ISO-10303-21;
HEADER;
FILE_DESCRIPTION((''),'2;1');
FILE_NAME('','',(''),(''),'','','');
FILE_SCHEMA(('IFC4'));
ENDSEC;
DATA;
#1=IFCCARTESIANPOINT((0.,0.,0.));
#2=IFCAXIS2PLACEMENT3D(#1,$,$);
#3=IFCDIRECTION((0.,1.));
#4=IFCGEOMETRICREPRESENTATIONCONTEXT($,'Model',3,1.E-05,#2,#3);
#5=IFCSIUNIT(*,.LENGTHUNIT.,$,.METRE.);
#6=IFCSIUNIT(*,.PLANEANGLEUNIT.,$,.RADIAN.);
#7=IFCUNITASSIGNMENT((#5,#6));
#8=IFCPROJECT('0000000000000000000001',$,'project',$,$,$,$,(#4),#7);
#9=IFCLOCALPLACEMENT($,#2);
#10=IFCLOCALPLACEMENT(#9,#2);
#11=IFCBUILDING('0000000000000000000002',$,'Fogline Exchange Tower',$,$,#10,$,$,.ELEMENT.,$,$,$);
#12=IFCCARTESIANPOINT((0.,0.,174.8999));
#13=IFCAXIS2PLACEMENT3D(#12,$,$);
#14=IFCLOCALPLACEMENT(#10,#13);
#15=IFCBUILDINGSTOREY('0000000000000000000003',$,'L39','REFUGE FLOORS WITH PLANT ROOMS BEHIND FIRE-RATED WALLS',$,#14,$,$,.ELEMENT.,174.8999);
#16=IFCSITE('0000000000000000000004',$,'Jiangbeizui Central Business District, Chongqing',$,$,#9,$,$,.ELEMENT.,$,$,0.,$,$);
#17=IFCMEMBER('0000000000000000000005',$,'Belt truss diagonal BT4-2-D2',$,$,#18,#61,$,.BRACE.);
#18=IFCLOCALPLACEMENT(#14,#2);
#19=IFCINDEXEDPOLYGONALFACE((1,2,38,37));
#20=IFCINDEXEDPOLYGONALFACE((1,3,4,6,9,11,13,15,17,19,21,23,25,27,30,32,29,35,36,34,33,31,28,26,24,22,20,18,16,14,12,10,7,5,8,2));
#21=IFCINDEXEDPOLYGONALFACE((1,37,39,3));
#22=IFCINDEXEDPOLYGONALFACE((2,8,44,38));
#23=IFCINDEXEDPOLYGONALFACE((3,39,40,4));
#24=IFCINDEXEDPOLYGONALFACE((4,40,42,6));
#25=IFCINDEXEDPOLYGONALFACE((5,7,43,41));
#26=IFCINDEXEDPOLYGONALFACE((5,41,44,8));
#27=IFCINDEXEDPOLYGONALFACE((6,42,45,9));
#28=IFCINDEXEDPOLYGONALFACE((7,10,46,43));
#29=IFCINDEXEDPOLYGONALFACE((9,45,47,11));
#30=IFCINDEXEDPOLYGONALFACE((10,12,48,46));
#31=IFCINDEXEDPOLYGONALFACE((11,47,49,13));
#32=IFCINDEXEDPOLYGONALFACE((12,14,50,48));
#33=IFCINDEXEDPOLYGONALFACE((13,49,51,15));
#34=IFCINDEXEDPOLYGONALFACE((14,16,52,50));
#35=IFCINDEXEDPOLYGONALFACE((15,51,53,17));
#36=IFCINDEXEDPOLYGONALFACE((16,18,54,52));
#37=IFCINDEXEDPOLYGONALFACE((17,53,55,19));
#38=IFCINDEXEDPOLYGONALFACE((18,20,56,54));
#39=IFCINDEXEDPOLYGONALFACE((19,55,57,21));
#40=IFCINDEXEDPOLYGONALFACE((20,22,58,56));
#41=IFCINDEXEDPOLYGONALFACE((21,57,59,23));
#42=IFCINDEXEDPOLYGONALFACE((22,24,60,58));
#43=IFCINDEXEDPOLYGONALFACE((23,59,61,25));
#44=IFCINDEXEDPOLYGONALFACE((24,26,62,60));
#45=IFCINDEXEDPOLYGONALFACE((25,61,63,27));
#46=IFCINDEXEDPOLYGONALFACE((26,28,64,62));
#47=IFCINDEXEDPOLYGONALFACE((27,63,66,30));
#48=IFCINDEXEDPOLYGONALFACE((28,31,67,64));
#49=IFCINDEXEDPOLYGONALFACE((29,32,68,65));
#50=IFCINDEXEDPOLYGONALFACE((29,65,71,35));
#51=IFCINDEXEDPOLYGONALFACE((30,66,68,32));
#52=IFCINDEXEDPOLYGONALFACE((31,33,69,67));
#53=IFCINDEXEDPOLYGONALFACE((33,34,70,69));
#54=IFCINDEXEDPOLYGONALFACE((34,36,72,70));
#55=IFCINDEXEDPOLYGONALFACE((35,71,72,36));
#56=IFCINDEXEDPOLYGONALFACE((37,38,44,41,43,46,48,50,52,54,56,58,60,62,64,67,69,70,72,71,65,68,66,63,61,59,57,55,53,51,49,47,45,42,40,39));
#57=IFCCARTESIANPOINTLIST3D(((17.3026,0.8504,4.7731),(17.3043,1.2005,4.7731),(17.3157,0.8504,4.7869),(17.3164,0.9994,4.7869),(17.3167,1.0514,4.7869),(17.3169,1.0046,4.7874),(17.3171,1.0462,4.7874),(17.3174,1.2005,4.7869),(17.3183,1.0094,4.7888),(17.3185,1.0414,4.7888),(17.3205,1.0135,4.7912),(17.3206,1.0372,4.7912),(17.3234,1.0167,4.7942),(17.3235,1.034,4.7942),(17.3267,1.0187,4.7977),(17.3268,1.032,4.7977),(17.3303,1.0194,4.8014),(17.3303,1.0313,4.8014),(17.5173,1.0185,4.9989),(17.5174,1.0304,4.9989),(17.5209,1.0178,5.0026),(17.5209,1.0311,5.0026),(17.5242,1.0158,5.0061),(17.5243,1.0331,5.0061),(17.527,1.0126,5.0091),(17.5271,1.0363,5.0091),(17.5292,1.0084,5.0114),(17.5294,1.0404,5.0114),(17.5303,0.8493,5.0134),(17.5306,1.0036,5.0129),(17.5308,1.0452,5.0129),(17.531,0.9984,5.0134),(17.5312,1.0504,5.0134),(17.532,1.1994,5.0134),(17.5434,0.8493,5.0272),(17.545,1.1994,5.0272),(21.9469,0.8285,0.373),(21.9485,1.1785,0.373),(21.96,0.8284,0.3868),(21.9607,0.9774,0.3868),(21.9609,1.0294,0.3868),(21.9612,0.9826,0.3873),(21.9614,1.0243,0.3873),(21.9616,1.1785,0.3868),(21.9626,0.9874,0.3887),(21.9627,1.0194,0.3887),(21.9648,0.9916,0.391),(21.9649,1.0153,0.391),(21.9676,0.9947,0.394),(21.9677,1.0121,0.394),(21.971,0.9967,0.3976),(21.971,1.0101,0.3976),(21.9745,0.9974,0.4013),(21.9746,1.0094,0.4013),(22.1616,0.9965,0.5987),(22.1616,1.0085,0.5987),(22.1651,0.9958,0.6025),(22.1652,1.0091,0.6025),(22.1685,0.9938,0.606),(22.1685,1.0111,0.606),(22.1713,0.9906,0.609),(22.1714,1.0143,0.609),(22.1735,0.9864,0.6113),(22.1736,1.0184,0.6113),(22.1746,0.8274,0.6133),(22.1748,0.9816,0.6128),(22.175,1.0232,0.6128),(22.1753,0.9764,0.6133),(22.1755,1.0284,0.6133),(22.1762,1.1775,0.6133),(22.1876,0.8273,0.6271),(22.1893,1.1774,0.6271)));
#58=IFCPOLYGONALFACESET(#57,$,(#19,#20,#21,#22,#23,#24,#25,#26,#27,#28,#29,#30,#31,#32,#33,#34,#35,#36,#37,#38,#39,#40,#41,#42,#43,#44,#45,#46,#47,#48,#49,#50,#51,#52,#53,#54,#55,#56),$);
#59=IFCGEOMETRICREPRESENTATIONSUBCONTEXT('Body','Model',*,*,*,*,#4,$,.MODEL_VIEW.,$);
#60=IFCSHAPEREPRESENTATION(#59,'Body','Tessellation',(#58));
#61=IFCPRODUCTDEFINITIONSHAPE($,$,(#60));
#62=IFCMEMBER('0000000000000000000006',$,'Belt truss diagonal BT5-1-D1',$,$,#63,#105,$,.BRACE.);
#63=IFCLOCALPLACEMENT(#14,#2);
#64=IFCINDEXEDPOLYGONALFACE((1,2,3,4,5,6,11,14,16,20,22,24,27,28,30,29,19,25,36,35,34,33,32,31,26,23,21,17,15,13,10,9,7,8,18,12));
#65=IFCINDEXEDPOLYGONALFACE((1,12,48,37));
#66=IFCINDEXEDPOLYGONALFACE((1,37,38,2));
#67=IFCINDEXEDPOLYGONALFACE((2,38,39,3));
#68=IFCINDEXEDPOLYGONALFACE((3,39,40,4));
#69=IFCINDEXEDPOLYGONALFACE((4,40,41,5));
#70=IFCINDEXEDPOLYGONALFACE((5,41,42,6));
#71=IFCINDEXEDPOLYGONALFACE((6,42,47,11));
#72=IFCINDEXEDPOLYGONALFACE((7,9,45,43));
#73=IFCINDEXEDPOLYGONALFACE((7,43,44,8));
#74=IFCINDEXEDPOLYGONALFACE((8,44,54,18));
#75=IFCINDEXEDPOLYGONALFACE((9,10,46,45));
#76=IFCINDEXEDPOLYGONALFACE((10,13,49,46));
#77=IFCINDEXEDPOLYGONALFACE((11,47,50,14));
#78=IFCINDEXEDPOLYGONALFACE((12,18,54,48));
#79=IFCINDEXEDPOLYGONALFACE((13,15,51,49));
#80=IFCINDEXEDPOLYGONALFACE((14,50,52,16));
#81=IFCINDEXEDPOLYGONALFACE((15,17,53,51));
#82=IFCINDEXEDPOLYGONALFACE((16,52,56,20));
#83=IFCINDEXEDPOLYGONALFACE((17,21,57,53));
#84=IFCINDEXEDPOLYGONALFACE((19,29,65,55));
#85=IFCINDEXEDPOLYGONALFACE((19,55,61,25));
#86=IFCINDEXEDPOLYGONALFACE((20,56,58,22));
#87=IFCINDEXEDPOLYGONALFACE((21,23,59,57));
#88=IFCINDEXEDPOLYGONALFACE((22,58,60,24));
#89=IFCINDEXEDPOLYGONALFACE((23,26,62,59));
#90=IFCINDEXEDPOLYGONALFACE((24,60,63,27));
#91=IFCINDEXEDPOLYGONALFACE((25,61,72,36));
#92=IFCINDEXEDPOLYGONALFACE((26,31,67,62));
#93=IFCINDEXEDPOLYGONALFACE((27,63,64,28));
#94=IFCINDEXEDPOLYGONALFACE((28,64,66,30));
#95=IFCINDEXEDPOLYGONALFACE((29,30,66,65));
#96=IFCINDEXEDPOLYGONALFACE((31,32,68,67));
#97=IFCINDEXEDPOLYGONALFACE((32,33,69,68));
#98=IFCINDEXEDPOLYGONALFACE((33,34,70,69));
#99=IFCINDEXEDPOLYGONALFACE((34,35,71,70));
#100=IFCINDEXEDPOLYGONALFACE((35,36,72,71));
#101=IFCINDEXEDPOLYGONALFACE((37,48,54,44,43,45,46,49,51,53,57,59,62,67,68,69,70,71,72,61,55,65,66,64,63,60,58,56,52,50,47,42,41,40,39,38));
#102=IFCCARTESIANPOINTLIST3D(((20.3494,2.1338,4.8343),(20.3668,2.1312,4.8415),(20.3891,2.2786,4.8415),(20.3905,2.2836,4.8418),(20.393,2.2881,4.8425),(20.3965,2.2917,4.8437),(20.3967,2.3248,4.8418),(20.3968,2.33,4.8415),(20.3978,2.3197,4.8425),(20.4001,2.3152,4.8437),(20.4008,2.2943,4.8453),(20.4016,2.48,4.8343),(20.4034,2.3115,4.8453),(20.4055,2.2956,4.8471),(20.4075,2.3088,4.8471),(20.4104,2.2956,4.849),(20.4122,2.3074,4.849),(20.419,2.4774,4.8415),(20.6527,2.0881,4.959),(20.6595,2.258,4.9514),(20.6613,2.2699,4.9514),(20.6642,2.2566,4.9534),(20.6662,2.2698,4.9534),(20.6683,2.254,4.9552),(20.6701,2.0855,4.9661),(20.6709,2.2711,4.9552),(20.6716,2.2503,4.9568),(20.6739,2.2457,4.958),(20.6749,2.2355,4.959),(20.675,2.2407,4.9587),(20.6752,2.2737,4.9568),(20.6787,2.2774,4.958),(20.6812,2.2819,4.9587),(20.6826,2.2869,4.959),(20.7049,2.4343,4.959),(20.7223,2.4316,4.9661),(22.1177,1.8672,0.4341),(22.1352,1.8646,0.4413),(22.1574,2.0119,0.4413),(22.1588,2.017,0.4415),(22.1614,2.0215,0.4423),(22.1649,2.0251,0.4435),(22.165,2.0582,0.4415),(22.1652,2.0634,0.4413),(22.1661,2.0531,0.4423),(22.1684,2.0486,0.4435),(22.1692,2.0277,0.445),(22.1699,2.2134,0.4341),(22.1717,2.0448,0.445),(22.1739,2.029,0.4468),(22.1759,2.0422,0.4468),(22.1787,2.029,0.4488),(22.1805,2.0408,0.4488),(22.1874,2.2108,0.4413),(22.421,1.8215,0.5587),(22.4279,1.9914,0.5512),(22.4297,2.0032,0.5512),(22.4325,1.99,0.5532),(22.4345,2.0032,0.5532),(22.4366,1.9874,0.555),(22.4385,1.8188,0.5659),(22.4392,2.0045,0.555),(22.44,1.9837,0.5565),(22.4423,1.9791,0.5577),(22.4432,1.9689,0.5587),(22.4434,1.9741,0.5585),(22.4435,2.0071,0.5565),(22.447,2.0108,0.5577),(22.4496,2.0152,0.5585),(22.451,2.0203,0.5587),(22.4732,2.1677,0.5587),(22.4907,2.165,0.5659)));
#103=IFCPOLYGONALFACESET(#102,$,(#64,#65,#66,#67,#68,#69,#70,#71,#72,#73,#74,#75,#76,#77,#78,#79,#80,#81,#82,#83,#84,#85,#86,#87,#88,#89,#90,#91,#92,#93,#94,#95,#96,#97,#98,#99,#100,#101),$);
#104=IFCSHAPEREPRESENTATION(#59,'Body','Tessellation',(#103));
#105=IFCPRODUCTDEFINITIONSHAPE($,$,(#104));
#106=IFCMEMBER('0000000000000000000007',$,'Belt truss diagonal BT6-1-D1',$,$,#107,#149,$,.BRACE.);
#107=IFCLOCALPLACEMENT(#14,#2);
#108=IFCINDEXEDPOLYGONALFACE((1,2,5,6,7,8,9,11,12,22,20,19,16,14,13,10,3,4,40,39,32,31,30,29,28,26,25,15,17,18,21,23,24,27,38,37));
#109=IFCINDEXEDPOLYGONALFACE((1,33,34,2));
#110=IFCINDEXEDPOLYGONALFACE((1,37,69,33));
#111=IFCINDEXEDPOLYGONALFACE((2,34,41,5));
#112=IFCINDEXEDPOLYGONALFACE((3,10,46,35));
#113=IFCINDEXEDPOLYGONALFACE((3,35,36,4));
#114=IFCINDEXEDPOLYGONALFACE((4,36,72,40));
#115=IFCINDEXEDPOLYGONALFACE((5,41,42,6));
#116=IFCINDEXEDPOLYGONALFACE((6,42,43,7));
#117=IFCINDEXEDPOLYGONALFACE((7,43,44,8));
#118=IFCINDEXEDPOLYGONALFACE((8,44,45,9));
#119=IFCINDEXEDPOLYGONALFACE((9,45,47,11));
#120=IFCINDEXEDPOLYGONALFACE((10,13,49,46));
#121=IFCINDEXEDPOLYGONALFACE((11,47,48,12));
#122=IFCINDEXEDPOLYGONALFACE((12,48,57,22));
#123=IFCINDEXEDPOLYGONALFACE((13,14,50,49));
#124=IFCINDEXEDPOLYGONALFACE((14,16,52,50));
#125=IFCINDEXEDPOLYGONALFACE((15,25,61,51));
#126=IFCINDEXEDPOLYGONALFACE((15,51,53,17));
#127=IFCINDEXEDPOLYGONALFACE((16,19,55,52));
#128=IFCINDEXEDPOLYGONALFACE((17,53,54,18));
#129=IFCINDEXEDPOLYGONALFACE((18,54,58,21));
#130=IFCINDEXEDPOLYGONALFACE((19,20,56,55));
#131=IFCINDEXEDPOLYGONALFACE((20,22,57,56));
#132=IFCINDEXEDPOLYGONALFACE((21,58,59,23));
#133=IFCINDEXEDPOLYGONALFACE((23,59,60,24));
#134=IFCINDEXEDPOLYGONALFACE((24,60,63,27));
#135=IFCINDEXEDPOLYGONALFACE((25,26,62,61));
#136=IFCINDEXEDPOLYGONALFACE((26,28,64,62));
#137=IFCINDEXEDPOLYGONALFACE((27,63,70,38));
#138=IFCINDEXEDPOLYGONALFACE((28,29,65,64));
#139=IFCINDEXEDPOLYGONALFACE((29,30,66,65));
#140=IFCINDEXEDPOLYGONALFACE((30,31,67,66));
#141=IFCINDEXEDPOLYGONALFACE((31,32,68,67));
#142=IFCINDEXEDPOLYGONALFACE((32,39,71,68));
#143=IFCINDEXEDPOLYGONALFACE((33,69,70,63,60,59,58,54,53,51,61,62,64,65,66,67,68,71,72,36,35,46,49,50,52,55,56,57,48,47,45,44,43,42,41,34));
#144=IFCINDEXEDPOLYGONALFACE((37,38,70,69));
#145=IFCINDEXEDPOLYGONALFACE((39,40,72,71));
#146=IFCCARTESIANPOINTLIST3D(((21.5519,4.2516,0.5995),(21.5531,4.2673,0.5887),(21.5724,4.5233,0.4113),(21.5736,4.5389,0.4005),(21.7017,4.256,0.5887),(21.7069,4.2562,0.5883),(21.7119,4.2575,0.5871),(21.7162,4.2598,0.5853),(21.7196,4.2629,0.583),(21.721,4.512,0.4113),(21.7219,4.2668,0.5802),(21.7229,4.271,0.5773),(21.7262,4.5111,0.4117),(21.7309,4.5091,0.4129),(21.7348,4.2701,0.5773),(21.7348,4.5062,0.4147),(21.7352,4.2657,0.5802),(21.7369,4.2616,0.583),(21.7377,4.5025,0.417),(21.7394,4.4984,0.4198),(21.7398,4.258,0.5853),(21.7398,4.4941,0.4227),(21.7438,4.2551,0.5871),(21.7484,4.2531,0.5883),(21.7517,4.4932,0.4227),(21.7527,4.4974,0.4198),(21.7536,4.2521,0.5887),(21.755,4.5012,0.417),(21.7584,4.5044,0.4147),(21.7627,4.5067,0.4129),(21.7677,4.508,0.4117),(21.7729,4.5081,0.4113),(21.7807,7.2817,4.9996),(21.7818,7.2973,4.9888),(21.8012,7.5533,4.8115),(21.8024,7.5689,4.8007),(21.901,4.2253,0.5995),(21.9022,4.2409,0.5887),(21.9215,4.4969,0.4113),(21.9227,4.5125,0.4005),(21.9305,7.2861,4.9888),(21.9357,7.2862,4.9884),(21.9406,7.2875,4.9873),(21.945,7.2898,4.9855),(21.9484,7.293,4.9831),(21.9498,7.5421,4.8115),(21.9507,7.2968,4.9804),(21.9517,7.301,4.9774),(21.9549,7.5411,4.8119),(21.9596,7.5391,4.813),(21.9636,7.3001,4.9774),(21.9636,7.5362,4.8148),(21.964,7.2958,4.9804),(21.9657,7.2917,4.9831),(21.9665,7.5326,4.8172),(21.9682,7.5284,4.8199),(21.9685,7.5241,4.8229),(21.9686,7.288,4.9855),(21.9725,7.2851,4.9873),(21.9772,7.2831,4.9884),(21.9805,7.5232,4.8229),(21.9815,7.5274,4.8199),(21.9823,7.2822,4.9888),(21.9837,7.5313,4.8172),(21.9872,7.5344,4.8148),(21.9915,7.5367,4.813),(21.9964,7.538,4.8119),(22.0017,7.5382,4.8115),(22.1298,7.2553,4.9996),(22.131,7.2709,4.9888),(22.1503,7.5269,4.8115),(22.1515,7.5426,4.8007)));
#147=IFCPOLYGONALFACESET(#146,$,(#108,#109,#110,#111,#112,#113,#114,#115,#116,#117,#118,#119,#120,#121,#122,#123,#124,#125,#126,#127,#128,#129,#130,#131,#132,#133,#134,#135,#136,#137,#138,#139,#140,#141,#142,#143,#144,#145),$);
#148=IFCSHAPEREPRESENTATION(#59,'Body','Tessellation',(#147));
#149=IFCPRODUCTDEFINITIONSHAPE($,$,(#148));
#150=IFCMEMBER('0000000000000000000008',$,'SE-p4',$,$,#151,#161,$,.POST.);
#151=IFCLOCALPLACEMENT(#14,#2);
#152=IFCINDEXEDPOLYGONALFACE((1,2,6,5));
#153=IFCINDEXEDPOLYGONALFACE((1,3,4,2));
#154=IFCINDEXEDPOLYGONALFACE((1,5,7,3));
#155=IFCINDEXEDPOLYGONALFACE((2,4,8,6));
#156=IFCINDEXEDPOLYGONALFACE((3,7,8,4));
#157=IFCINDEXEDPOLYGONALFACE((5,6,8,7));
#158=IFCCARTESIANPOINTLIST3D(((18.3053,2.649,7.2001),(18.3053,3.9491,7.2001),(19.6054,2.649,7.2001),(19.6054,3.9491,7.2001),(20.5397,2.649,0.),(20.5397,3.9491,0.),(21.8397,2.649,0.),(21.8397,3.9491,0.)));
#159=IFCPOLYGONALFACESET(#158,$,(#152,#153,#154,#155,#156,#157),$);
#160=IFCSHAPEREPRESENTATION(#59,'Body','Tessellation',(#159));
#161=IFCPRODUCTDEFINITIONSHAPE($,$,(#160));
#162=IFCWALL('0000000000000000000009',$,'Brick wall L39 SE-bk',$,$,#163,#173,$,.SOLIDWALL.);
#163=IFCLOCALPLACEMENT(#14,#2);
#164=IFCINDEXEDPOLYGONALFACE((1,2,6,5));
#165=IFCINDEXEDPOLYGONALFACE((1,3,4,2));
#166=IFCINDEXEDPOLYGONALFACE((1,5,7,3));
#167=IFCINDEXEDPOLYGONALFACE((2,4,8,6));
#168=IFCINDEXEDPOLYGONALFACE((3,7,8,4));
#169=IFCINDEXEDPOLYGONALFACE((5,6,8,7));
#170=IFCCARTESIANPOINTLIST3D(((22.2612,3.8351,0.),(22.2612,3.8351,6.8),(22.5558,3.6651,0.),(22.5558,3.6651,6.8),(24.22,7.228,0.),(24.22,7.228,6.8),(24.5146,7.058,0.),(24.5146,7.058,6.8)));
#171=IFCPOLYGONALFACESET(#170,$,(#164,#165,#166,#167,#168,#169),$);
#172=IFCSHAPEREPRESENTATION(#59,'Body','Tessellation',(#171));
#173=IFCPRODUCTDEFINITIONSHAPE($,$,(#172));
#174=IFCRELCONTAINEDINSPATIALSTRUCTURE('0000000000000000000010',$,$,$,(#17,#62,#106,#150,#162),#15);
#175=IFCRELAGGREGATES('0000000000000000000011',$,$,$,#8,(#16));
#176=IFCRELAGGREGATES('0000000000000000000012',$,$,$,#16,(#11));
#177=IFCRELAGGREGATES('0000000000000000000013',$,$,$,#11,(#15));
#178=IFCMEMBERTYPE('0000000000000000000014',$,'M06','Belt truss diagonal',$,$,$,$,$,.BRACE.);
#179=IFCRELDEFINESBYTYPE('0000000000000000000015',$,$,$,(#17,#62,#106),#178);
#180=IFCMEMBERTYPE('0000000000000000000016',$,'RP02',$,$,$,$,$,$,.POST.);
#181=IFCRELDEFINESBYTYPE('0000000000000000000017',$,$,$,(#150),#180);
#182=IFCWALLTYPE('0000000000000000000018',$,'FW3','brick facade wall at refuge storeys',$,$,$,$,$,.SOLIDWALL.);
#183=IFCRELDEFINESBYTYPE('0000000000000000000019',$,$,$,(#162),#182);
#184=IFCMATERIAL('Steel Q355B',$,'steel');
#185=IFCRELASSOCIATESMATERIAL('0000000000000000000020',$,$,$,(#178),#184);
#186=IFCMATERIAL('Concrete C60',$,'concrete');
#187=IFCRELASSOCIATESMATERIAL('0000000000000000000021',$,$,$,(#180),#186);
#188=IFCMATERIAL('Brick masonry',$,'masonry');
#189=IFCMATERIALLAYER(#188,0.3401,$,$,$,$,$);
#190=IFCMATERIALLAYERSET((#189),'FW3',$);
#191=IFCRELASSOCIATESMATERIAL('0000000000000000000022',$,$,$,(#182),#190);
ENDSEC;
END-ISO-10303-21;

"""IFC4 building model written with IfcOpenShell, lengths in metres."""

from ifc_helpers import new_model, si_unit, direction, frame, frame_2d, origin, origin_2d, place, context, subcontext, project, spatial, rectangle, i_section, extrude, material, layer, layer_set, material_profile, profile_set, type_object, element, save


model = new_model("IFC4")

# Units and contexts
model_context = context("Model", 3, precision=1e-05, world=origin(), true_north=direction((0.0, 1.0)))
body_context = subcontext(model_context, "Body", "Model", "MODEL_VIEW")
ifc_project = project(units=[si_unit("LENGTHUNIT", "METRE"), si_unit("PLANEANGLEUNIT", "RADIAN")], contexts=[model_context])

# Site, building, storey
site_placement = place(None, origin())
site = spatial("IfcSite", under=ifc_project, at=site_placement, Name="Jiangbeizui Central Business District, Chongqing", CompositionType="ELEMENT", RefElevation=0.0)
building_placement = place(site_placement, origin())
building = spatial("IfcBuilding", under=site, at=building_placement, Name="Fogline Exchange Tower", CompositionType="ELEMENT")
storey_placement = place(building_placement, frame((0.0, 0.0, 174.8999)))
storey = spatial("IfcBuildingStorey", under=building, at=storey_placement, Name="L39", Description="REFUGE FLOORS WITH PLANT ROOMS BEHIND FIRE-RATED WALLS", CompositionType="ELEMENT", Elevation=174.8999)

# Members
ifc_material_1 = material(Name="Steel Q355B", Category="steel")
ifc_material_profile_1 = material_profile(ifc_material_1, i_section(OverallWidth=0.3501, OverallDepth=0.3501, WebThickness=0.012, FlangeThickness=0.019, FilletRadius=0.02, at=origin_2d()), Name="HW350X350X12X19")
ifc_profile_set_1 = profile_set([ifc_material_profile_1], Name="Steel Q355B")
member_type_1 = type_object("IfcMemberType", Name="M06", Description="Belt truss diagonal", PredefinedType="BRACE", material=ifc_profile_set_1)
member_1_placement = place(storey_placement, frame((17.4238, 1.0249, 4.9001), z_axis=(0.725925, -0.003434, -0.687765), x_axis=(0.004731, 0.999989, 0.0)))
element("IfcMember", 1, at=member_1_placement, inside=storey, type_object=member_type_1, Name="Belt truss diagonal BT4-2-D2", PredefinedType="BRACE", context=body_context, shape_type="SweptSolid", body=[
    extrude(i_section(OverallWidth=0.3501, OverallDepth=0.3501, WebThickness=0.012, FlangeThickness=0.019, FilletRadius=0.02, at=origin_2d()), origin(), (0.0, 0.0, 1.0), 6.3977),
])
member_2_placement = place(storey_placement, frame((22.3042, 2.0161, 0.5), z_axis=(-0.372302, 0.056131, 0.926413), x_axis=(-0.149081, -0.988825, 0.0)))
element("IfcMember", 2, at=member_2_placement, inside=storey, type_object=member_type_1, Name="Belt truss diagonal BT5-1-D1", PredefinedType="BRACE", context=body_context, shape_type="SweptSolid", body=[
    extrude(i_section(OverallWidth=0.3501, OverallDepth=0.3501, WebThickness=0.012, FlangeThickness=0.019, FilletRadius=0.02, at=origin_2d()), origin(), (0.0, 0.0, 1.0), 4.7498),
])
member_3_placement = place(storey_placement, frame((21.7373, 4.3821, 0.5), z_axis=(0.04278, 0.566636, 0.822857), x_axis=(-0.997162, 0.075283, 0.0)))
element("IfcMember", 3, at=member_3_placement, inside=storey, type_object=member_type_1, Name="Belt truss diagonal BT6-1-D1", PredefinedType="BRACE", context=body_context, shape_type="SweptSolid", body=[
    extrude(i_section(OverallWidth=0.3501, OverallDepth=0.3501, WebThickness=0.012, FlangeThickness=0.019, FilletRadius=0.02, at=origin_2d()), origin(), (0.0, 0.0, 1.0), 5.3474),
])
ifc_material_2 = material(Name="Concrete C60", Category="concrete")
ifc_material_profile_2 = material_profile(ifc_material_2, rectangle(XDim=1.3, YDim=1.3, at=origin_2d()), Name="RC 1300x1300")
ifc_profile_set_2 = profile_set([ifc_material_profile_2], Name="Concrete C60")
member_type_2 = type_object("IfcMemberType", Name="RP02", PredefinedType="POST", material=ifc_profile_set_2)
member_4_placement = place(storey_placement, frame((21.1897, 3.2991, 0.0), z_axis=(0.0, 0.0, 1.0), x_axis=(0.0, -1.0, 0.0)))
element("IfcMember", 4, at=member_4_placement, inside=storey, type_object=member_type_2, Name="SE-p4", PredefinedType="POST", context=body_context, shape_type="SweptSolid", body=[
    extrude(rectangle(XDim=1.3, YDim=1.3, at=origin_2d()), origin(), (0.0, -0.296379, 0.95507), 7.5388),
])

# Wall
ifc_material_3 = material(Name="Brick masonry", Category="masonry")
ifc_layer_1 = layer(ifc_material_3, 0.3401)
ifc_layer_set_1 = layer_set([ifc_layer_1], Name="FW3")
wall_type_1 = type_object("IfcWallType", Name="FW3", Description="brick facade wall at refuge storeys", PredefinedType="SOLIDWALL", material=ifc_layer_set_1)
wall_1_placement = place(storey_placement, frame((22.4084, 3.75, 0.0), z_axis=(0.0, 0.0, 1.0), x_axis=(0.49998, 0.866037, 0.0)))
element("IfcWall", 5, at=wall_1_placement, inside=storey, type_object=wall_type_1, Name="Brick wall L39 SE-bk", PredefinedType="SOLIDWALL", context=body_context, shape_type="SweptSolid", body=[
    extrude(rectangle(XDim=3.9177, YDim=0.3401, at=frame_2d((1.959, 0.0))), origin(), (0.0, 0.0, 1.0), 6.8),
])

save(model, "model.ifc")
